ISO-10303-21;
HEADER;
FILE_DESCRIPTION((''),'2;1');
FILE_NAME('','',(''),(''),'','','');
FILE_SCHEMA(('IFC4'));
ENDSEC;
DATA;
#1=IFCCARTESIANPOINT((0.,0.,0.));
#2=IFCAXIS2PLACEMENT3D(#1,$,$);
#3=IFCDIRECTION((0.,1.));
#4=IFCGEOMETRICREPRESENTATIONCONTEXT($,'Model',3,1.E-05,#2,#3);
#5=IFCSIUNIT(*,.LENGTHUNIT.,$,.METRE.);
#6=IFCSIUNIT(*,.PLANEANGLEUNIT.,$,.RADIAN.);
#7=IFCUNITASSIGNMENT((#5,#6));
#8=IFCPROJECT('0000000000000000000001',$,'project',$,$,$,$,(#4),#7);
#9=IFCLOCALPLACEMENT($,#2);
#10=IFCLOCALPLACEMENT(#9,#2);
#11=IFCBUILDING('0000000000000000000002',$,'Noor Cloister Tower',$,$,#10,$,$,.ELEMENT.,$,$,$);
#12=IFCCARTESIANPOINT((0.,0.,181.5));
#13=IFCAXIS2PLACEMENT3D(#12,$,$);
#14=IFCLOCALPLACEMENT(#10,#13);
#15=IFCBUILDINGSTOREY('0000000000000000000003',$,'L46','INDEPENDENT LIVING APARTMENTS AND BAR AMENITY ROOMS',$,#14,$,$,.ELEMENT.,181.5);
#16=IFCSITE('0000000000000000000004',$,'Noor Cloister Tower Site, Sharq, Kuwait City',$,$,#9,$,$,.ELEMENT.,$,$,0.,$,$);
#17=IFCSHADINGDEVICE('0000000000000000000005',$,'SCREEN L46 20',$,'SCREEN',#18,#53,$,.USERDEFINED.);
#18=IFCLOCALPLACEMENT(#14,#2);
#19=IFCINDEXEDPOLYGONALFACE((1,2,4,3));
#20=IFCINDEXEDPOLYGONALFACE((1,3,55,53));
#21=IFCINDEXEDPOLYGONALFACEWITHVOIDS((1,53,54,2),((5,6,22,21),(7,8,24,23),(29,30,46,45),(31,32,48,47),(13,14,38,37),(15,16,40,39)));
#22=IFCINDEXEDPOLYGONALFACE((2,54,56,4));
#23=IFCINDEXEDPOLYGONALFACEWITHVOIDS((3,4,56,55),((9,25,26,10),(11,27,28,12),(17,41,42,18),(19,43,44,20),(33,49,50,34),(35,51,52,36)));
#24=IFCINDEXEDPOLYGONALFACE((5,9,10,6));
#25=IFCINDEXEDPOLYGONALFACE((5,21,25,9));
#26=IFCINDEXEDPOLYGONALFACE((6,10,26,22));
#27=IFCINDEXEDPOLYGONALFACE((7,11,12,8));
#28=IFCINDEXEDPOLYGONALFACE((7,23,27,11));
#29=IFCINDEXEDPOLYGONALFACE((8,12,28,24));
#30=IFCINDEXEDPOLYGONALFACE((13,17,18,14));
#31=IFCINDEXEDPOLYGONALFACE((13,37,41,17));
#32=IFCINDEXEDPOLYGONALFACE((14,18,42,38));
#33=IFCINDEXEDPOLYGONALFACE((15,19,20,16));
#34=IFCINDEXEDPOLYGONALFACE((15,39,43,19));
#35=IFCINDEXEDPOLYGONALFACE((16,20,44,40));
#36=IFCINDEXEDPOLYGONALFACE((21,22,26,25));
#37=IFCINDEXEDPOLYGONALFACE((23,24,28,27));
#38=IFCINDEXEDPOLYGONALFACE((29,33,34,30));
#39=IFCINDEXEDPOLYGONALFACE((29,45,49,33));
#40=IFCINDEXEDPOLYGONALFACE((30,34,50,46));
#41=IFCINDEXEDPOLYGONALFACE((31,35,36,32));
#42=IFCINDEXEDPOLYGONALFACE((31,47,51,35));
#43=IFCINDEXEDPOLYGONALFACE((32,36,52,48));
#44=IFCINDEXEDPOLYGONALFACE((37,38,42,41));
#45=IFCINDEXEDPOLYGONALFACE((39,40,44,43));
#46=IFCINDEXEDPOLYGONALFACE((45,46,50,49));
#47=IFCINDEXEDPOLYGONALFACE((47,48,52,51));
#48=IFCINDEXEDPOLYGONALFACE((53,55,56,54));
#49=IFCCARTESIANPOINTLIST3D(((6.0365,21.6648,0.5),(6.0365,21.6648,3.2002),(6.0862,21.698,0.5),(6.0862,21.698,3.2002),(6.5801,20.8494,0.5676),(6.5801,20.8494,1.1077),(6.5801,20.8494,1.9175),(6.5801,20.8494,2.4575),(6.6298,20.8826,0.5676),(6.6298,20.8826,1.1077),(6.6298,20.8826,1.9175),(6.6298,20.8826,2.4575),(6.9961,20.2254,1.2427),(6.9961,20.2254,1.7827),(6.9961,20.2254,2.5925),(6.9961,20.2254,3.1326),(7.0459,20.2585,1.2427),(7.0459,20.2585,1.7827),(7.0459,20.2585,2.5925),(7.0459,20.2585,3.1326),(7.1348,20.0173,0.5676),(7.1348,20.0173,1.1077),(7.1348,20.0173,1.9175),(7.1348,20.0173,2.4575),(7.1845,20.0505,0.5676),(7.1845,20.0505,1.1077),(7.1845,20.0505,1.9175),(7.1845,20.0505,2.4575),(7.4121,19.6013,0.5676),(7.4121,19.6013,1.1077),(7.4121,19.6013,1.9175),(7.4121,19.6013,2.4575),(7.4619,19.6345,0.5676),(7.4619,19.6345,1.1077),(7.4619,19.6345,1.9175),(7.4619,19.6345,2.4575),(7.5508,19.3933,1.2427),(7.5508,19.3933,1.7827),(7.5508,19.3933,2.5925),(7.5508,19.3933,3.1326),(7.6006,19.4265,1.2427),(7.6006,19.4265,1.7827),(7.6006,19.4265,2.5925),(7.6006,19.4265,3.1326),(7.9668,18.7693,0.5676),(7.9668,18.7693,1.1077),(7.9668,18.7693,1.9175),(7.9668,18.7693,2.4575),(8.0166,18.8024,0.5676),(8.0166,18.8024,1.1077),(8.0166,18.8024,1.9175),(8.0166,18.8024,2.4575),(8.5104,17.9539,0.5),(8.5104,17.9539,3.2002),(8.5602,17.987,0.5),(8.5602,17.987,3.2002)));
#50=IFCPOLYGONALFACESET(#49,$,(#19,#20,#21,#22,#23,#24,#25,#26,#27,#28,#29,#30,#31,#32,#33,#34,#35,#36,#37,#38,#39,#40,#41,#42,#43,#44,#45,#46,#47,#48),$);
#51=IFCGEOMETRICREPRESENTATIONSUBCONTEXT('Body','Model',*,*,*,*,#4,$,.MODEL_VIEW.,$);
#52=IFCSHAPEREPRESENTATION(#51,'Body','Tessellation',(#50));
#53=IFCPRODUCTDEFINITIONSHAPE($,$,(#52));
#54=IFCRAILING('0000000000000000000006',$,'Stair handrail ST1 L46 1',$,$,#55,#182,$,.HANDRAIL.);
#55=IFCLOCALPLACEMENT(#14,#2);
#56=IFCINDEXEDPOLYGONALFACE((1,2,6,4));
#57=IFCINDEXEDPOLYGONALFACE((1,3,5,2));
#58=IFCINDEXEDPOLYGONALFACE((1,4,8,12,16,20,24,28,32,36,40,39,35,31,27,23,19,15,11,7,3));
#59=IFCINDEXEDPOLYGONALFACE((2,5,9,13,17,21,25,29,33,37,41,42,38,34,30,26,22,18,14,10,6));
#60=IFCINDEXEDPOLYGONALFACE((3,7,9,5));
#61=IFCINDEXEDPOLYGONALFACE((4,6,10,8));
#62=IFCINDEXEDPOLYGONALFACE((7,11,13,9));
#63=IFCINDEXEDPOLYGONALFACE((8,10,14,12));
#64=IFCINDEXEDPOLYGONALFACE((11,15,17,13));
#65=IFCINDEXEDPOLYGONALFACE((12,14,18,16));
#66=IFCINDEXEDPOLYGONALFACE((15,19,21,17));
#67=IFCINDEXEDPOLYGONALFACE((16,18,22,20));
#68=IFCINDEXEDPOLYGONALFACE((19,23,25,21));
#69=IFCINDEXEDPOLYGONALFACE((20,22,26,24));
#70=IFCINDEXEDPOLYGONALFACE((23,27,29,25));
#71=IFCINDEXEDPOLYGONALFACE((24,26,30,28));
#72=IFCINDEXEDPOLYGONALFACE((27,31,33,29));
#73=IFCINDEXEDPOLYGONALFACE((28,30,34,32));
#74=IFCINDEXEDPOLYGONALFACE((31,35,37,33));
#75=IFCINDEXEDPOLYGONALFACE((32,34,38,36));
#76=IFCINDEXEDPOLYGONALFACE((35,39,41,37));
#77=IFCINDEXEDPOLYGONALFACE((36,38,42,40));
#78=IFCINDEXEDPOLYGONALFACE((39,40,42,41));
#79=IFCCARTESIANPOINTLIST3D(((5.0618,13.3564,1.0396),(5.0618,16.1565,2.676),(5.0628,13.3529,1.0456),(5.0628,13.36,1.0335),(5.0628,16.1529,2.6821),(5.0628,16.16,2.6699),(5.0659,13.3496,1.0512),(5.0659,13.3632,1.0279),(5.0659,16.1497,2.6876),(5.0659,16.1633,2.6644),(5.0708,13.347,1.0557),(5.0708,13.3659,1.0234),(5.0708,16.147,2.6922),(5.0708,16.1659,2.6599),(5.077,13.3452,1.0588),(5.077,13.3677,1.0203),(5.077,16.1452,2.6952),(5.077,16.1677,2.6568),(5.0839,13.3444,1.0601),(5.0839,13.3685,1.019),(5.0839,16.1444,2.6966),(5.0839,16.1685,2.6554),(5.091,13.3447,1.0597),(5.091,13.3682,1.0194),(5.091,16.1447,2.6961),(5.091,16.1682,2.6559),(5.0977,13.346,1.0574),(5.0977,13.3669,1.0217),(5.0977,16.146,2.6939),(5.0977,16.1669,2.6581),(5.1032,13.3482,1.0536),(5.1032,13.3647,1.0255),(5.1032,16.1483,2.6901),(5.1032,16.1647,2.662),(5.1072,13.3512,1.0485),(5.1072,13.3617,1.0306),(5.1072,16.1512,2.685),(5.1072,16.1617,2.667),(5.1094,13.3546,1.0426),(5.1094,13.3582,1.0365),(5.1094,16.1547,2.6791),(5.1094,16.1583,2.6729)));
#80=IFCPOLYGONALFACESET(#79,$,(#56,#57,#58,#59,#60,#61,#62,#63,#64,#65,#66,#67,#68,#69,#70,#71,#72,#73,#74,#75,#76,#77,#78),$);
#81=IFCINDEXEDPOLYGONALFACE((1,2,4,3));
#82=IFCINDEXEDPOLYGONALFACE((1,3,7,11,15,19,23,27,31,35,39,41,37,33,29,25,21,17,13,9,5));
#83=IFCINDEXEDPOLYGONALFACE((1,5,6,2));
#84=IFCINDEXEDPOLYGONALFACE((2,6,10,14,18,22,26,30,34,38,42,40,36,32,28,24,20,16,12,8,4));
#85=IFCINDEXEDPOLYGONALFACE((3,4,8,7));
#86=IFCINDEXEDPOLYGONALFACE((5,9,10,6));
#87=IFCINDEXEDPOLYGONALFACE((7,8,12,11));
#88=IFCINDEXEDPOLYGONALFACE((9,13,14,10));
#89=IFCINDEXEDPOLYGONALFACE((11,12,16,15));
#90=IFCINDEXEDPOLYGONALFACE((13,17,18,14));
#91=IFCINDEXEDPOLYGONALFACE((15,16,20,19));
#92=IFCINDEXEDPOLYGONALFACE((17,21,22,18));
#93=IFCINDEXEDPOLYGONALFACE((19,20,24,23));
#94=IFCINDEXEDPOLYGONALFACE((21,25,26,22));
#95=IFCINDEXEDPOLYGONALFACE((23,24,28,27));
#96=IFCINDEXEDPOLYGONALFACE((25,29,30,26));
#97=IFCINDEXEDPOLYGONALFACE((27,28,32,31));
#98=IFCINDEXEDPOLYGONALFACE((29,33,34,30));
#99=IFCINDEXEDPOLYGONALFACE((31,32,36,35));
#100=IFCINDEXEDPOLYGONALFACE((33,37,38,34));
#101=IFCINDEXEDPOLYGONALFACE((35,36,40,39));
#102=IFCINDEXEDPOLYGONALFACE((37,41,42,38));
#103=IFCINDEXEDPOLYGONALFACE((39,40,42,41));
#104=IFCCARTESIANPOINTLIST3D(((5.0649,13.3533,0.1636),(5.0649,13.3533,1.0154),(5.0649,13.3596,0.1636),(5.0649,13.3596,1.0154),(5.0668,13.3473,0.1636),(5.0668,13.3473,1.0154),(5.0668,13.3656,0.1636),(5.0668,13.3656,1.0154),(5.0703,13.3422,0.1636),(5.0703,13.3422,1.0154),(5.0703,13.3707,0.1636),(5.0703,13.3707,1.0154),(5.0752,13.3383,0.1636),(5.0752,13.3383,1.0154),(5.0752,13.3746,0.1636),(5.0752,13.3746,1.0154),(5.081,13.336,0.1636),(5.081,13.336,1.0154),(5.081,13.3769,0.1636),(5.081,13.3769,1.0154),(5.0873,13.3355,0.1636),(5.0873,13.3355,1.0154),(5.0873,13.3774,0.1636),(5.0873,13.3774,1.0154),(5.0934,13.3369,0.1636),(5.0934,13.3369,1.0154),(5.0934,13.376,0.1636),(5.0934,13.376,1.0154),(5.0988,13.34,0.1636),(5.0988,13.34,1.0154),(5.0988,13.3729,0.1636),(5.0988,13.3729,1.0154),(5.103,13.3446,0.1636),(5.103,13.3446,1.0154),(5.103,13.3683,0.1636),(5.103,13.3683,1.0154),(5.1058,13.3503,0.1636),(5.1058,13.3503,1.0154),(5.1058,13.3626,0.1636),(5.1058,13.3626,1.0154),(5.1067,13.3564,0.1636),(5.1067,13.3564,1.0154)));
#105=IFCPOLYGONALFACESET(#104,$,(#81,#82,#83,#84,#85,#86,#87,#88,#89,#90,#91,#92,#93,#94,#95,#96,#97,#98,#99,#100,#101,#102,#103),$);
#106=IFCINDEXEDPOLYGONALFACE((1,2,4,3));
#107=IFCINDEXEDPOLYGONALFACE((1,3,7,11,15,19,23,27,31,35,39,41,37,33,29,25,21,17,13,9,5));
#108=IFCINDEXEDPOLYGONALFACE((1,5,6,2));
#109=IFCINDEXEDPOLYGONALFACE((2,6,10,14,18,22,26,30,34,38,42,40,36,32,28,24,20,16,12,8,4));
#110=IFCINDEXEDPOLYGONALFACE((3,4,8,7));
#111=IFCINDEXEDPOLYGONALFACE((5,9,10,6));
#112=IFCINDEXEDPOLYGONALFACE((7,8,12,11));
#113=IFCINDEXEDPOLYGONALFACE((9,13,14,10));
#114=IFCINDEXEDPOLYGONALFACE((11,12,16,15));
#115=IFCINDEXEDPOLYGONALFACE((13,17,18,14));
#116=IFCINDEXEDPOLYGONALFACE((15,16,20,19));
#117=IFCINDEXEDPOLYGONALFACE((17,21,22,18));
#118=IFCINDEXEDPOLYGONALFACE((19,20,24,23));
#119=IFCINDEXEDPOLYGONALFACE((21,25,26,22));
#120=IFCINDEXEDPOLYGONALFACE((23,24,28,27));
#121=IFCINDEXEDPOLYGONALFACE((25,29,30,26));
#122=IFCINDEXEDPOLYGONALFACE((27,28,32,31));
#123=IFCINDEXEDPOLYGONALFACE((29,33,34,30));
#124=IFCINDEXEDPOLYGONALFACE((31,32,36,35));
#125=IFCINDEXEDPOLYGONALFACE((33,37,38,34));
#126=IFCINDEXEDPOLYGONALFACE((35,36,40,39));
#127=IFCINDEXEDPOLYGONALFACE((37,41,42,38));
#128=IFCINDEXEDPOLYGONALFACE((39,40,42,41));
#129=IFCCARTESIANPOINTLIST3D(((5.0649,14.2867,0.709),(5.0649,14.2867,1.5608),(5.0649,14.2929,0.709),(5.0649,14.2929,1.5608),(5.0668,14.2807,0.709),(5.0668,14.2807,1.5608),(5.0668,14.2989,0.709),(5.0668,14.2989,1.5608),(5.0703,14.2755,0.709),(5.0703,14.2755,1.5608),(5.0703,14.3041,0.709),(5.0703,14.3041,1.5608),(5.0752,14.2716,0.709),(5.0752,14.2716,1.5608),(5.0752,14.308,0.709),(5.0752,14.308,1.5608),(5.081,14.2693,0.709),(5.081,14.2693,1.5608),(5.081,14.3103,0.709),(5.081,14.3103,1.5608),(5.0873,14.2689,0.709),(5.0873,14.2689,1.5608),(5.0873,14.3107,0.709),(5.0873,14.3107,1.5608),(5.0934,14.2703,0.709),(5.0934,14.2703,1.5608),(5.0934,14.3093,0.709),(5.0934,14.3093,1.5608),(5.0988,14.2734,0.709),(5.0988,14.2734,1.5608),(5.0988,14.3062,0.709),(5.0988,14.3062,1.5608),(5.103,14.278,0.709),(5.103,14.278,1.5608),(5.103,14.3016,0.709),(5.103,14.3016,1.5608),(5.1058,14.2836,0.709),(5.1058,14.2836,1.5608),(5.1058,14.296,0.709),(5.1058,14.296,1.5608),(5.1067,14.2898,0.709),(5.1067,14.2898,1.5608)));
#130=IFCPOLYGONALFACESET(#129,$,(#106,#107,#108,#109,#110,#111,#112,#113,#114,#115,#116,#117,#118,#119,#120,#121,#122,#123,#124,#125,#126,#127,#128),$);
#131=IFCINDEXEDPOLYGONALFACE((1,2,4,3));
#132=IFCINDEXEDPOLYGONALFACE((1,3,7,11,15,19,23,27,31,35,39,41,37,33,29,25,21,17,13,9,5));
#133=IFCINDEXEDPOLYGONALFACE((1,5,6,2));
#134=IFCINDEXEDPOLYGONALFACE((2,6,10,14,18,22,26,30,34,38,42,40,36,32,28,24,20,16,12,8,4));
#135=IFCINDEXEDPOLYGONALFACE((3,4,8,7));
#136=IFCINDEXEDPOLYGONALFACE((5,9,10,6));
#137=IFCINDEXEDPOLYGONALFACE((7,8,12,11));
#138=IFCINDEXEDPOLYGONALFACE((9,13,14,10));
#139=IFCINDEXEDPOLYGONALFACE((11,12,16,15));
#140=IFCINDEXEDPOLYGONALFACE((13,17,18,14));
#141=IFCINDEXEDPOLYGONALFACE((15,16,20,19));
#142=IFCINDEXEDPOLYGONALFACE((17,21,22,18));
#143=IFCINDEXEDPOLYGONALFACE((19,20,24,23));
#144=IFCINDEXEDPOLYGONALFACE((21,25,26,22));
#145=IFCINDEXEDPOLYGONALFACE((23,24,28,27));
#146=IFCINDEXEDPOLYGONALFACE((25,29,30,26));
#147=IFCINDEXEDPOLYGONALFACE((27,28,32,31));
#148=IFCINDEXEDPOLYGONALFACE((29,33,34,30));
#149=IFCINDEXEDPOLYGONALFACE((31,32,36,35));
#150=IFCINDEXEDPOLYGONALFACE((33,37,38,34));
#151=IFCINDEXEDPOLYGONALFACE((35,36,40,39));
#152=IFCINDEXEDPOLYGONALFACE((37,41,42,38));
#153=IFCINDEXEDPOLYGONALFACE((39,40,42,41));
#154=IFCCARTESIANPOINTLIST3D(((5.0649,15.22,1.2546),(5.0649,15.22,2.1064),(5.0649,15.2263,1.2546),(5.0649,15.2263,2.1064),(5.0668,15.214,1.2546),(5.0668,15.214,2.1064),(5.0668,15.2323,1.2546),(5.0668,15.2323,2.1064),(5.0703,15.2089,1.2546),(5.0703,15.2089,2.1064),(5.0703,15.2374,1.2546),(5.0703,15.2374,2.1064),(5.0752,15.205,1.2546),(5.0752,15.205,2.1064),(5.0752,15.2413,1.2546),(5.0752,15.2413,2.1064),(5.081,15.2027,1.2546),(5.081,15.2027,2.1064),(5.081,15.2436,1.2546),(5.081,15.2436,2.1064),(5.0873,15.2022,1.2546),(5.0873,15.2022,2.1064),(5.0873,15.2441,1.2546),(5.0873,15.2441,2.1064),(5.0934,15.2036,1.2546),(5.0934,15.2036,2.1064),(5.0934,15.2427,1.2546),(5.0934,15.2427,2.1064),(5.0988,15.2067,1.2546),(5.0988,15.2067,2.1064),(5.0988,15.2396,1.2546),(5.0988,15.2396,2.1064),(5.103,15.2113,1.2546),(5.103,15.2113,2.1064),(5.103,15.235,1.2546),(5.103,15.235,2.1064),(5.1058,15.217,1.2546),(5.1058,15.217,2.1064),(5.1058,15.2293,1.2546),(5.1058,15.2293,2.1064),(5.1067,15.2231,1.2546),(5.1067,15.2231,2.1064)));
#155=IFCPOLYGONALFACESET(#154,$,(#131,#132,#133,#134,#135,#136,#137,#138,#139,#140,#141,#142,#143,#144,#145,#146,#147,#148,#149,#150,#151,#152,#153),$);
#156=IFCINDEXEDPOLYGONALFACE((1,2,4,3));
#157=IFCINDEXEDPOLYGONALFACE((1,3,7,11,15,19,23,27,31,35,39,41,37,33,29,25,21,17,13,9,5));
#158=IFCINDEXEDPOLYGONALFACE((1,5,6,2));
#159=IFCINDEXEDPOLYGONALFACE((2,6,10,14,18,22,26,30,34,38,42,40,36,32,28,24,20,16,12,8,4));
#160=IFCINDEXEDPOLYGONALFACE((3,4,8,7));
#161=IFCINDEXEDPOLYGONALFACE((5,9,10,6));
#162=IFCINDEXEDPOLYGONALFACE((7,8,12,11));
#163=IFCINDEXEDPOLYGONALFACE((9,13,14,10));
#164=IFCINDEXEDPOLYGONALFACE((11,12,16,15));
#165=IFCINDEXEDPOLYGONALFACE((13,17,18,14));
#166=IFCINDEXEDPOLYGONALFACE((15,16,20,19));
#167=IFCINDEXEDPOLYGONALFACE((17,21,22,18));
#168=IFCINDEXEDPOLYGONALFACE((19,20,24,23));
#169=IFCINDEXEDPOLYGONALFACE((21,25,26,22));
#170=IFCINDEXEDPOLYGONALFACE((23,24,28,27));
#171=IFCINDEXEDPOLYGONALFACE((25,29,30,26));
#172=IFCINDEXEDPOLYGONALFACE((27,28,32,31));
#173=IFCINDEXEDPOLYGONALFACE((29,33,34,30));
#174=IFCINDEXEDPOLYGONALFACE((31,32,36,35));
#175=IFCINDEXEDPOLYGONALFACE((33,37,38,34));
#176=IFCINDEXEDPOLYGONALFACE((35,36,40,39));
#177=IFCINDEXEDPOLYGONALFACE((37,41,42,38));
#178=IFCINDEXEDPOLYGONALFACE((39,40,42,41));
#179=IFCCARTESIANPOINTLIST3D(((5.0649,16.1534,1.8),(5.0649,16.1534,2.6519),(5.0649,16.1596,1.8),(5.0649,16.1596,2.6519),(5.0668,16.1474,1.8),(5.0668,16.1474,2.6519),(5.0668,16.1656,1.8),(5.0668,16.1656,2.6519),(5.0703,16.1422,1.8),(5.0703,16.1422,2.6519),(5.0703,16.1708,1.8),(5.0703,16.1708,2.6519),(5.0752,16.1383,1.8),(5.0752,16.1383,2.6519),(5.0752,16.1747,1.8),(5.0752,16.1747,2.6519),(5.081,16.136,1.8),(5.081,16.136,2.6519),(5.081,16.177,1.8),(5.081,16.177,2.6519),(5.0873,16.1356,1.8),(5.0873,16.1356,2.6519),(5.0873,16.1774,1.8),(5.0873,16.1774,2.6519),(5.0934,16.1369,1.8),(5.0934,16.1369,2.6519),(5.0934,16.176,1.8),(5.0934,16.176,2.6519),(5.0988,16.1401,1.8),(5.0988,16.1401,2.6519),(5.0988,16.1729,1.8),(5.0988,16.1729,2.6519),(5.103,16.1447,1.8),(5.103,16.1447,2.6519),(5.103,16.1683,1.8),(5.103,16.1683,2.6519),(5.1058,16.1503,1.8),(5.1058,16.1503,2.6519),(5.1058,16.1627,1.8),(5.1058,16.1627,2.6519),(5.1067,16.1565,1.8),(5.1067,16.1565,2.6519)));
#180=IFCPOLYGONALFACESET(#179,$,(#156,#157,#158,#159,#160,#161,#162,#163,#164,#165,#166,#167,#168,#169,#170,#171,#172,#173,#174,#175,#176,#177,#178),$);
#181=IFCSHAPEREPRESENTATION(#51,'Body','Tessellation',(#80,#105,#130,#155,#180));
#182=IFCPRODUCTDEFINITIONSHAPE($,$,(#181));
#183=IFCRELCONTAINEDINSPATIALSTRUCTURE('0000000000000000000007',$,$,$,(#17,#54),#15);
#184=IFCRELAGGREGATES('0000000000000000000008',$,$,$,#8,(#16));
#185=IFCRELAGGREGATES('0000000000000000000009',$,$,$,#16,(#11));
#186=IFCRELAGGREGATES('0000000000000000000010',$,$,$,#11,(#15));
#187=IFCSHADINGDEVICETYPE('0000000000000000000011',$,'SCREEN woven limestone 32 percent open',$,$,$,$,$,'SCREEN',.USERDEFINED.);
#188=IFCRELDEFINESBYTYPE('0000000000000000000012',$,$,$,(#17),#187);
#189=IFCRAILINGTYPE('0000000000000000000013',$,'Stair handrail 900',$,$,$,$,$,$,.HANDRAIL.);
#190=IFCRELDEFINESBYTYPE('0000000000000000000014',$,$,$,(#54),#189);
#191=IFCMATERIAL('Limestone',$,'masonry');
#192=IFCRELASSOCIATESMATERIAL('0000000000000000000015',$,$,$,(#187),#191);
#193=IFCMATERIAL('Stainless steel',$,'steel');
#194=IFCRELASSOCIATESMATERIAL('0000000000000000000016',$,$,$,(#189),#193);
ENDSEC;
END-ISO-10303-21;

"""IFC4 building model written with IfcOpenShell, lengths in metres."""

from ifc_helpers import new_model, si_unit, direction, frame, origin, origin_2d, place, context, subcontext, project, spatial, polyline, circle, outline, extrude, material, material_profile, profile_set, type_object, element, save


model = new_model("IFC4")

# Units and contexts
model_context = context("Model", 3, precision=1e-05, world=origin(), true_north=direction((0.0, 1.0)))
body_context = subcontext(model_context, "Body", "Model", "MODEL_VIEW")
ifc_project = project(units=[si_unit("LENGTHUNIT", "METRE"), si_unit("PLANEANGLEUNIT", "RADIAN")], contexts=[model_context])

# Site, building, storey
site_placement = place(None, origin())
site = spatial("IfcSite", under=ifc_project, at=site_placement, Name="Noor Cloister Tower Site, Sharq, Kuwait City", CompositionType="ELEMENT", RefElevation=0.0)
building_placement = place(site_placement, origin())
building = spatial("IfcBuilding", under=site, at=building_placement, Name="Noor Cloister Tower", CompositionType="ELEMENT")
storey_placement = place(building_placement, frame((0.0, 0.0, 181.5)))
storey = spatial("IfcBuildingStorey", under=building, at=storey_placement, Name="L46", Description="INDEPENDENT LIVING APARTMENTS AND BAR AMENITY ROOMS", CompositionType="ELEMENT", Elevation=181.5)

# Shading device
ifc_material_1 = material(Name="Limestone", Category="masonry")
ifc_material_profile_1 = material_profile(ifc_material_1, outline(polyline([(-2.23, -1.3501), (2.23, -1.3501), (2.23, 1.3501), (-2.23, 1.3501), (-2.23, -1.3501)]), holes=[polyline([(-1.25, -1.2825), (-0.25, -1.2825), (-0.25, -0.7424), (-1.25, -0.7424), (-1.25, -1.2825)]), polyline([(0.25, -1.2825), (1.25, -1.2825), (1.25, -0.7424), (0.25, -0.7424), (0.25, -1.2825)]), polyline([(-0.5, -0.6074), (0.5, -0.6074), (0.5, -0.0674), (-0.5, -0.0674), (-0.5, -0.6074)]), polyline([(-1.25, 0.0674), (-0.25, 0.0674), (-0.25, 0.6074), (-1.25, 0.6074), (-1.25, 0.0674)]), polyline([(0.25, 0.0674), (1.25, 0.0674), (1.25, 0.6074), (0.25, 0.6074), (0.25, 0.0674)]), polyline([(-0.5, 0.7424), (0.5, 0.7424), (0.5, 1.2825), (-0.5, 1.2825), (-0.5, 0.7424)])]), Name="Woven screen 32 percent open")
ifc_profile_set_1 = profile_set([ifc_material_profile_1], Name="Limestone")
shading_device_type = type_object("IfcShadingDeviceType", Name="SCREEN woven limestone 32 percent open", ElementType="SCREEN", PredefinedType="USERDEFINED", material=ifc_profile_set_1)
shading_device_placement = place(storey_placement, frame((7.2734, 19.8093, 1.8501), z_axis=(0.83205, 0.5547, 0.0), x_axis=(-0.5547, 0.83205, 0.0)))
element("IfcShadingDevice", 1, at=shading_device_placement, inside=storey, type_object=shading_device_type, Name="SCREEN L46 20", ObjectType="SCREEN", PredefinedType="USERDEFINED", context=body_context, shape_type="SweptSolid", body=[
    extrude(outline(polyline([(-2.23, -1.3501), (2.23, -1.3501), (2.23, 1.3501), (-2.23, 1.3501), (-2.23, -1.3501)]), holes=[polyline([(-1.25, -1.2825), (-0.25, -1.2825), (-0.25, -0.7424), (-1.25, -0.7424), (-1.25, -1.2825)]), polyline([(0.25, -1.2825), (1.25, -1.2825), (1.25, -0.7424), (0.25, -0.7424), (0.25, -1.2825)]), polyline([(-0.5, -0.6074), (0.5, -0.6074), (0.5, -0.0674), (-0.5, -0.0674), (-0.5, -0.6074)]), polyline([(-1.25, 0.0674), (-0.25, 0.0674), (-0.25, 0.6074), (-1.25, 0.6074), (-1.25, 0.0674)]), polyline([(0.25, 0.0674), (1.25, 0.0674), (1.25, 0.6074), (0.25, 0.6074), (0.25, 0.0674)]), polyline([(-0.5, 0.7424), (0.5, 0.7424), (0.5, 1.2825), (-0.5, 1.2825), (-0.5, 0.7424)])]), origin(), (0.0, 0.0, 1.0), 0.0598),
])

# Railing
ifc_material_2 = material(Name="Stainless steel", Category="steel")
railing_type_1 = type_object("IfcRailingType", Name="Stair handrail 900", PredefinedType="HANDRAIL", material=ifc_material_2)
railing_1_placement = place(storey_placement, frame((5.0857, 13.3564, 0.1636)))
element("IfcRailing", 2, at=railing_1_placement, inside=storey, type_object=railing_type_1, Name="Stair handrail ST1 L46 1", PredefinedType="HANDRAIL", context=body_context, shape_type="SweptSolid", body=[
    extrude(circle(Radius=0.0239, at=origin_2d()), frame((0.0, 0.0, 0.876), z_axis=(0.0, 0.863361, 0.504587), x_axis=(-1.0, 0.0, 0.0)), (0.0, 0.0, 1.0), 3.2432),
    extrude(circle(Radius=0.021, at=origin_2d()), origin(), (0.0, 0.0, 1.0), 0.8518),
    extrude(circle(Radius=0.021, at=origin_2d()), frame((0.0, 0.9333, 0.5454)), (0.0, 0.0, 1.0), 0.8518),
    extrude(circle(Radius=0.021, at=origin_2d()), frame((0.0, 1.8667, 1.0911)), (0.0, 0.0, 1.0), 0.8518),
    extrude(circle(Radius=0.021, at=origin_2d()), frame((0.0, 2.8, 1.6365)), (0.0, 0.0, 1.0), 0.8518),
])

save(model, "model.ifc")
